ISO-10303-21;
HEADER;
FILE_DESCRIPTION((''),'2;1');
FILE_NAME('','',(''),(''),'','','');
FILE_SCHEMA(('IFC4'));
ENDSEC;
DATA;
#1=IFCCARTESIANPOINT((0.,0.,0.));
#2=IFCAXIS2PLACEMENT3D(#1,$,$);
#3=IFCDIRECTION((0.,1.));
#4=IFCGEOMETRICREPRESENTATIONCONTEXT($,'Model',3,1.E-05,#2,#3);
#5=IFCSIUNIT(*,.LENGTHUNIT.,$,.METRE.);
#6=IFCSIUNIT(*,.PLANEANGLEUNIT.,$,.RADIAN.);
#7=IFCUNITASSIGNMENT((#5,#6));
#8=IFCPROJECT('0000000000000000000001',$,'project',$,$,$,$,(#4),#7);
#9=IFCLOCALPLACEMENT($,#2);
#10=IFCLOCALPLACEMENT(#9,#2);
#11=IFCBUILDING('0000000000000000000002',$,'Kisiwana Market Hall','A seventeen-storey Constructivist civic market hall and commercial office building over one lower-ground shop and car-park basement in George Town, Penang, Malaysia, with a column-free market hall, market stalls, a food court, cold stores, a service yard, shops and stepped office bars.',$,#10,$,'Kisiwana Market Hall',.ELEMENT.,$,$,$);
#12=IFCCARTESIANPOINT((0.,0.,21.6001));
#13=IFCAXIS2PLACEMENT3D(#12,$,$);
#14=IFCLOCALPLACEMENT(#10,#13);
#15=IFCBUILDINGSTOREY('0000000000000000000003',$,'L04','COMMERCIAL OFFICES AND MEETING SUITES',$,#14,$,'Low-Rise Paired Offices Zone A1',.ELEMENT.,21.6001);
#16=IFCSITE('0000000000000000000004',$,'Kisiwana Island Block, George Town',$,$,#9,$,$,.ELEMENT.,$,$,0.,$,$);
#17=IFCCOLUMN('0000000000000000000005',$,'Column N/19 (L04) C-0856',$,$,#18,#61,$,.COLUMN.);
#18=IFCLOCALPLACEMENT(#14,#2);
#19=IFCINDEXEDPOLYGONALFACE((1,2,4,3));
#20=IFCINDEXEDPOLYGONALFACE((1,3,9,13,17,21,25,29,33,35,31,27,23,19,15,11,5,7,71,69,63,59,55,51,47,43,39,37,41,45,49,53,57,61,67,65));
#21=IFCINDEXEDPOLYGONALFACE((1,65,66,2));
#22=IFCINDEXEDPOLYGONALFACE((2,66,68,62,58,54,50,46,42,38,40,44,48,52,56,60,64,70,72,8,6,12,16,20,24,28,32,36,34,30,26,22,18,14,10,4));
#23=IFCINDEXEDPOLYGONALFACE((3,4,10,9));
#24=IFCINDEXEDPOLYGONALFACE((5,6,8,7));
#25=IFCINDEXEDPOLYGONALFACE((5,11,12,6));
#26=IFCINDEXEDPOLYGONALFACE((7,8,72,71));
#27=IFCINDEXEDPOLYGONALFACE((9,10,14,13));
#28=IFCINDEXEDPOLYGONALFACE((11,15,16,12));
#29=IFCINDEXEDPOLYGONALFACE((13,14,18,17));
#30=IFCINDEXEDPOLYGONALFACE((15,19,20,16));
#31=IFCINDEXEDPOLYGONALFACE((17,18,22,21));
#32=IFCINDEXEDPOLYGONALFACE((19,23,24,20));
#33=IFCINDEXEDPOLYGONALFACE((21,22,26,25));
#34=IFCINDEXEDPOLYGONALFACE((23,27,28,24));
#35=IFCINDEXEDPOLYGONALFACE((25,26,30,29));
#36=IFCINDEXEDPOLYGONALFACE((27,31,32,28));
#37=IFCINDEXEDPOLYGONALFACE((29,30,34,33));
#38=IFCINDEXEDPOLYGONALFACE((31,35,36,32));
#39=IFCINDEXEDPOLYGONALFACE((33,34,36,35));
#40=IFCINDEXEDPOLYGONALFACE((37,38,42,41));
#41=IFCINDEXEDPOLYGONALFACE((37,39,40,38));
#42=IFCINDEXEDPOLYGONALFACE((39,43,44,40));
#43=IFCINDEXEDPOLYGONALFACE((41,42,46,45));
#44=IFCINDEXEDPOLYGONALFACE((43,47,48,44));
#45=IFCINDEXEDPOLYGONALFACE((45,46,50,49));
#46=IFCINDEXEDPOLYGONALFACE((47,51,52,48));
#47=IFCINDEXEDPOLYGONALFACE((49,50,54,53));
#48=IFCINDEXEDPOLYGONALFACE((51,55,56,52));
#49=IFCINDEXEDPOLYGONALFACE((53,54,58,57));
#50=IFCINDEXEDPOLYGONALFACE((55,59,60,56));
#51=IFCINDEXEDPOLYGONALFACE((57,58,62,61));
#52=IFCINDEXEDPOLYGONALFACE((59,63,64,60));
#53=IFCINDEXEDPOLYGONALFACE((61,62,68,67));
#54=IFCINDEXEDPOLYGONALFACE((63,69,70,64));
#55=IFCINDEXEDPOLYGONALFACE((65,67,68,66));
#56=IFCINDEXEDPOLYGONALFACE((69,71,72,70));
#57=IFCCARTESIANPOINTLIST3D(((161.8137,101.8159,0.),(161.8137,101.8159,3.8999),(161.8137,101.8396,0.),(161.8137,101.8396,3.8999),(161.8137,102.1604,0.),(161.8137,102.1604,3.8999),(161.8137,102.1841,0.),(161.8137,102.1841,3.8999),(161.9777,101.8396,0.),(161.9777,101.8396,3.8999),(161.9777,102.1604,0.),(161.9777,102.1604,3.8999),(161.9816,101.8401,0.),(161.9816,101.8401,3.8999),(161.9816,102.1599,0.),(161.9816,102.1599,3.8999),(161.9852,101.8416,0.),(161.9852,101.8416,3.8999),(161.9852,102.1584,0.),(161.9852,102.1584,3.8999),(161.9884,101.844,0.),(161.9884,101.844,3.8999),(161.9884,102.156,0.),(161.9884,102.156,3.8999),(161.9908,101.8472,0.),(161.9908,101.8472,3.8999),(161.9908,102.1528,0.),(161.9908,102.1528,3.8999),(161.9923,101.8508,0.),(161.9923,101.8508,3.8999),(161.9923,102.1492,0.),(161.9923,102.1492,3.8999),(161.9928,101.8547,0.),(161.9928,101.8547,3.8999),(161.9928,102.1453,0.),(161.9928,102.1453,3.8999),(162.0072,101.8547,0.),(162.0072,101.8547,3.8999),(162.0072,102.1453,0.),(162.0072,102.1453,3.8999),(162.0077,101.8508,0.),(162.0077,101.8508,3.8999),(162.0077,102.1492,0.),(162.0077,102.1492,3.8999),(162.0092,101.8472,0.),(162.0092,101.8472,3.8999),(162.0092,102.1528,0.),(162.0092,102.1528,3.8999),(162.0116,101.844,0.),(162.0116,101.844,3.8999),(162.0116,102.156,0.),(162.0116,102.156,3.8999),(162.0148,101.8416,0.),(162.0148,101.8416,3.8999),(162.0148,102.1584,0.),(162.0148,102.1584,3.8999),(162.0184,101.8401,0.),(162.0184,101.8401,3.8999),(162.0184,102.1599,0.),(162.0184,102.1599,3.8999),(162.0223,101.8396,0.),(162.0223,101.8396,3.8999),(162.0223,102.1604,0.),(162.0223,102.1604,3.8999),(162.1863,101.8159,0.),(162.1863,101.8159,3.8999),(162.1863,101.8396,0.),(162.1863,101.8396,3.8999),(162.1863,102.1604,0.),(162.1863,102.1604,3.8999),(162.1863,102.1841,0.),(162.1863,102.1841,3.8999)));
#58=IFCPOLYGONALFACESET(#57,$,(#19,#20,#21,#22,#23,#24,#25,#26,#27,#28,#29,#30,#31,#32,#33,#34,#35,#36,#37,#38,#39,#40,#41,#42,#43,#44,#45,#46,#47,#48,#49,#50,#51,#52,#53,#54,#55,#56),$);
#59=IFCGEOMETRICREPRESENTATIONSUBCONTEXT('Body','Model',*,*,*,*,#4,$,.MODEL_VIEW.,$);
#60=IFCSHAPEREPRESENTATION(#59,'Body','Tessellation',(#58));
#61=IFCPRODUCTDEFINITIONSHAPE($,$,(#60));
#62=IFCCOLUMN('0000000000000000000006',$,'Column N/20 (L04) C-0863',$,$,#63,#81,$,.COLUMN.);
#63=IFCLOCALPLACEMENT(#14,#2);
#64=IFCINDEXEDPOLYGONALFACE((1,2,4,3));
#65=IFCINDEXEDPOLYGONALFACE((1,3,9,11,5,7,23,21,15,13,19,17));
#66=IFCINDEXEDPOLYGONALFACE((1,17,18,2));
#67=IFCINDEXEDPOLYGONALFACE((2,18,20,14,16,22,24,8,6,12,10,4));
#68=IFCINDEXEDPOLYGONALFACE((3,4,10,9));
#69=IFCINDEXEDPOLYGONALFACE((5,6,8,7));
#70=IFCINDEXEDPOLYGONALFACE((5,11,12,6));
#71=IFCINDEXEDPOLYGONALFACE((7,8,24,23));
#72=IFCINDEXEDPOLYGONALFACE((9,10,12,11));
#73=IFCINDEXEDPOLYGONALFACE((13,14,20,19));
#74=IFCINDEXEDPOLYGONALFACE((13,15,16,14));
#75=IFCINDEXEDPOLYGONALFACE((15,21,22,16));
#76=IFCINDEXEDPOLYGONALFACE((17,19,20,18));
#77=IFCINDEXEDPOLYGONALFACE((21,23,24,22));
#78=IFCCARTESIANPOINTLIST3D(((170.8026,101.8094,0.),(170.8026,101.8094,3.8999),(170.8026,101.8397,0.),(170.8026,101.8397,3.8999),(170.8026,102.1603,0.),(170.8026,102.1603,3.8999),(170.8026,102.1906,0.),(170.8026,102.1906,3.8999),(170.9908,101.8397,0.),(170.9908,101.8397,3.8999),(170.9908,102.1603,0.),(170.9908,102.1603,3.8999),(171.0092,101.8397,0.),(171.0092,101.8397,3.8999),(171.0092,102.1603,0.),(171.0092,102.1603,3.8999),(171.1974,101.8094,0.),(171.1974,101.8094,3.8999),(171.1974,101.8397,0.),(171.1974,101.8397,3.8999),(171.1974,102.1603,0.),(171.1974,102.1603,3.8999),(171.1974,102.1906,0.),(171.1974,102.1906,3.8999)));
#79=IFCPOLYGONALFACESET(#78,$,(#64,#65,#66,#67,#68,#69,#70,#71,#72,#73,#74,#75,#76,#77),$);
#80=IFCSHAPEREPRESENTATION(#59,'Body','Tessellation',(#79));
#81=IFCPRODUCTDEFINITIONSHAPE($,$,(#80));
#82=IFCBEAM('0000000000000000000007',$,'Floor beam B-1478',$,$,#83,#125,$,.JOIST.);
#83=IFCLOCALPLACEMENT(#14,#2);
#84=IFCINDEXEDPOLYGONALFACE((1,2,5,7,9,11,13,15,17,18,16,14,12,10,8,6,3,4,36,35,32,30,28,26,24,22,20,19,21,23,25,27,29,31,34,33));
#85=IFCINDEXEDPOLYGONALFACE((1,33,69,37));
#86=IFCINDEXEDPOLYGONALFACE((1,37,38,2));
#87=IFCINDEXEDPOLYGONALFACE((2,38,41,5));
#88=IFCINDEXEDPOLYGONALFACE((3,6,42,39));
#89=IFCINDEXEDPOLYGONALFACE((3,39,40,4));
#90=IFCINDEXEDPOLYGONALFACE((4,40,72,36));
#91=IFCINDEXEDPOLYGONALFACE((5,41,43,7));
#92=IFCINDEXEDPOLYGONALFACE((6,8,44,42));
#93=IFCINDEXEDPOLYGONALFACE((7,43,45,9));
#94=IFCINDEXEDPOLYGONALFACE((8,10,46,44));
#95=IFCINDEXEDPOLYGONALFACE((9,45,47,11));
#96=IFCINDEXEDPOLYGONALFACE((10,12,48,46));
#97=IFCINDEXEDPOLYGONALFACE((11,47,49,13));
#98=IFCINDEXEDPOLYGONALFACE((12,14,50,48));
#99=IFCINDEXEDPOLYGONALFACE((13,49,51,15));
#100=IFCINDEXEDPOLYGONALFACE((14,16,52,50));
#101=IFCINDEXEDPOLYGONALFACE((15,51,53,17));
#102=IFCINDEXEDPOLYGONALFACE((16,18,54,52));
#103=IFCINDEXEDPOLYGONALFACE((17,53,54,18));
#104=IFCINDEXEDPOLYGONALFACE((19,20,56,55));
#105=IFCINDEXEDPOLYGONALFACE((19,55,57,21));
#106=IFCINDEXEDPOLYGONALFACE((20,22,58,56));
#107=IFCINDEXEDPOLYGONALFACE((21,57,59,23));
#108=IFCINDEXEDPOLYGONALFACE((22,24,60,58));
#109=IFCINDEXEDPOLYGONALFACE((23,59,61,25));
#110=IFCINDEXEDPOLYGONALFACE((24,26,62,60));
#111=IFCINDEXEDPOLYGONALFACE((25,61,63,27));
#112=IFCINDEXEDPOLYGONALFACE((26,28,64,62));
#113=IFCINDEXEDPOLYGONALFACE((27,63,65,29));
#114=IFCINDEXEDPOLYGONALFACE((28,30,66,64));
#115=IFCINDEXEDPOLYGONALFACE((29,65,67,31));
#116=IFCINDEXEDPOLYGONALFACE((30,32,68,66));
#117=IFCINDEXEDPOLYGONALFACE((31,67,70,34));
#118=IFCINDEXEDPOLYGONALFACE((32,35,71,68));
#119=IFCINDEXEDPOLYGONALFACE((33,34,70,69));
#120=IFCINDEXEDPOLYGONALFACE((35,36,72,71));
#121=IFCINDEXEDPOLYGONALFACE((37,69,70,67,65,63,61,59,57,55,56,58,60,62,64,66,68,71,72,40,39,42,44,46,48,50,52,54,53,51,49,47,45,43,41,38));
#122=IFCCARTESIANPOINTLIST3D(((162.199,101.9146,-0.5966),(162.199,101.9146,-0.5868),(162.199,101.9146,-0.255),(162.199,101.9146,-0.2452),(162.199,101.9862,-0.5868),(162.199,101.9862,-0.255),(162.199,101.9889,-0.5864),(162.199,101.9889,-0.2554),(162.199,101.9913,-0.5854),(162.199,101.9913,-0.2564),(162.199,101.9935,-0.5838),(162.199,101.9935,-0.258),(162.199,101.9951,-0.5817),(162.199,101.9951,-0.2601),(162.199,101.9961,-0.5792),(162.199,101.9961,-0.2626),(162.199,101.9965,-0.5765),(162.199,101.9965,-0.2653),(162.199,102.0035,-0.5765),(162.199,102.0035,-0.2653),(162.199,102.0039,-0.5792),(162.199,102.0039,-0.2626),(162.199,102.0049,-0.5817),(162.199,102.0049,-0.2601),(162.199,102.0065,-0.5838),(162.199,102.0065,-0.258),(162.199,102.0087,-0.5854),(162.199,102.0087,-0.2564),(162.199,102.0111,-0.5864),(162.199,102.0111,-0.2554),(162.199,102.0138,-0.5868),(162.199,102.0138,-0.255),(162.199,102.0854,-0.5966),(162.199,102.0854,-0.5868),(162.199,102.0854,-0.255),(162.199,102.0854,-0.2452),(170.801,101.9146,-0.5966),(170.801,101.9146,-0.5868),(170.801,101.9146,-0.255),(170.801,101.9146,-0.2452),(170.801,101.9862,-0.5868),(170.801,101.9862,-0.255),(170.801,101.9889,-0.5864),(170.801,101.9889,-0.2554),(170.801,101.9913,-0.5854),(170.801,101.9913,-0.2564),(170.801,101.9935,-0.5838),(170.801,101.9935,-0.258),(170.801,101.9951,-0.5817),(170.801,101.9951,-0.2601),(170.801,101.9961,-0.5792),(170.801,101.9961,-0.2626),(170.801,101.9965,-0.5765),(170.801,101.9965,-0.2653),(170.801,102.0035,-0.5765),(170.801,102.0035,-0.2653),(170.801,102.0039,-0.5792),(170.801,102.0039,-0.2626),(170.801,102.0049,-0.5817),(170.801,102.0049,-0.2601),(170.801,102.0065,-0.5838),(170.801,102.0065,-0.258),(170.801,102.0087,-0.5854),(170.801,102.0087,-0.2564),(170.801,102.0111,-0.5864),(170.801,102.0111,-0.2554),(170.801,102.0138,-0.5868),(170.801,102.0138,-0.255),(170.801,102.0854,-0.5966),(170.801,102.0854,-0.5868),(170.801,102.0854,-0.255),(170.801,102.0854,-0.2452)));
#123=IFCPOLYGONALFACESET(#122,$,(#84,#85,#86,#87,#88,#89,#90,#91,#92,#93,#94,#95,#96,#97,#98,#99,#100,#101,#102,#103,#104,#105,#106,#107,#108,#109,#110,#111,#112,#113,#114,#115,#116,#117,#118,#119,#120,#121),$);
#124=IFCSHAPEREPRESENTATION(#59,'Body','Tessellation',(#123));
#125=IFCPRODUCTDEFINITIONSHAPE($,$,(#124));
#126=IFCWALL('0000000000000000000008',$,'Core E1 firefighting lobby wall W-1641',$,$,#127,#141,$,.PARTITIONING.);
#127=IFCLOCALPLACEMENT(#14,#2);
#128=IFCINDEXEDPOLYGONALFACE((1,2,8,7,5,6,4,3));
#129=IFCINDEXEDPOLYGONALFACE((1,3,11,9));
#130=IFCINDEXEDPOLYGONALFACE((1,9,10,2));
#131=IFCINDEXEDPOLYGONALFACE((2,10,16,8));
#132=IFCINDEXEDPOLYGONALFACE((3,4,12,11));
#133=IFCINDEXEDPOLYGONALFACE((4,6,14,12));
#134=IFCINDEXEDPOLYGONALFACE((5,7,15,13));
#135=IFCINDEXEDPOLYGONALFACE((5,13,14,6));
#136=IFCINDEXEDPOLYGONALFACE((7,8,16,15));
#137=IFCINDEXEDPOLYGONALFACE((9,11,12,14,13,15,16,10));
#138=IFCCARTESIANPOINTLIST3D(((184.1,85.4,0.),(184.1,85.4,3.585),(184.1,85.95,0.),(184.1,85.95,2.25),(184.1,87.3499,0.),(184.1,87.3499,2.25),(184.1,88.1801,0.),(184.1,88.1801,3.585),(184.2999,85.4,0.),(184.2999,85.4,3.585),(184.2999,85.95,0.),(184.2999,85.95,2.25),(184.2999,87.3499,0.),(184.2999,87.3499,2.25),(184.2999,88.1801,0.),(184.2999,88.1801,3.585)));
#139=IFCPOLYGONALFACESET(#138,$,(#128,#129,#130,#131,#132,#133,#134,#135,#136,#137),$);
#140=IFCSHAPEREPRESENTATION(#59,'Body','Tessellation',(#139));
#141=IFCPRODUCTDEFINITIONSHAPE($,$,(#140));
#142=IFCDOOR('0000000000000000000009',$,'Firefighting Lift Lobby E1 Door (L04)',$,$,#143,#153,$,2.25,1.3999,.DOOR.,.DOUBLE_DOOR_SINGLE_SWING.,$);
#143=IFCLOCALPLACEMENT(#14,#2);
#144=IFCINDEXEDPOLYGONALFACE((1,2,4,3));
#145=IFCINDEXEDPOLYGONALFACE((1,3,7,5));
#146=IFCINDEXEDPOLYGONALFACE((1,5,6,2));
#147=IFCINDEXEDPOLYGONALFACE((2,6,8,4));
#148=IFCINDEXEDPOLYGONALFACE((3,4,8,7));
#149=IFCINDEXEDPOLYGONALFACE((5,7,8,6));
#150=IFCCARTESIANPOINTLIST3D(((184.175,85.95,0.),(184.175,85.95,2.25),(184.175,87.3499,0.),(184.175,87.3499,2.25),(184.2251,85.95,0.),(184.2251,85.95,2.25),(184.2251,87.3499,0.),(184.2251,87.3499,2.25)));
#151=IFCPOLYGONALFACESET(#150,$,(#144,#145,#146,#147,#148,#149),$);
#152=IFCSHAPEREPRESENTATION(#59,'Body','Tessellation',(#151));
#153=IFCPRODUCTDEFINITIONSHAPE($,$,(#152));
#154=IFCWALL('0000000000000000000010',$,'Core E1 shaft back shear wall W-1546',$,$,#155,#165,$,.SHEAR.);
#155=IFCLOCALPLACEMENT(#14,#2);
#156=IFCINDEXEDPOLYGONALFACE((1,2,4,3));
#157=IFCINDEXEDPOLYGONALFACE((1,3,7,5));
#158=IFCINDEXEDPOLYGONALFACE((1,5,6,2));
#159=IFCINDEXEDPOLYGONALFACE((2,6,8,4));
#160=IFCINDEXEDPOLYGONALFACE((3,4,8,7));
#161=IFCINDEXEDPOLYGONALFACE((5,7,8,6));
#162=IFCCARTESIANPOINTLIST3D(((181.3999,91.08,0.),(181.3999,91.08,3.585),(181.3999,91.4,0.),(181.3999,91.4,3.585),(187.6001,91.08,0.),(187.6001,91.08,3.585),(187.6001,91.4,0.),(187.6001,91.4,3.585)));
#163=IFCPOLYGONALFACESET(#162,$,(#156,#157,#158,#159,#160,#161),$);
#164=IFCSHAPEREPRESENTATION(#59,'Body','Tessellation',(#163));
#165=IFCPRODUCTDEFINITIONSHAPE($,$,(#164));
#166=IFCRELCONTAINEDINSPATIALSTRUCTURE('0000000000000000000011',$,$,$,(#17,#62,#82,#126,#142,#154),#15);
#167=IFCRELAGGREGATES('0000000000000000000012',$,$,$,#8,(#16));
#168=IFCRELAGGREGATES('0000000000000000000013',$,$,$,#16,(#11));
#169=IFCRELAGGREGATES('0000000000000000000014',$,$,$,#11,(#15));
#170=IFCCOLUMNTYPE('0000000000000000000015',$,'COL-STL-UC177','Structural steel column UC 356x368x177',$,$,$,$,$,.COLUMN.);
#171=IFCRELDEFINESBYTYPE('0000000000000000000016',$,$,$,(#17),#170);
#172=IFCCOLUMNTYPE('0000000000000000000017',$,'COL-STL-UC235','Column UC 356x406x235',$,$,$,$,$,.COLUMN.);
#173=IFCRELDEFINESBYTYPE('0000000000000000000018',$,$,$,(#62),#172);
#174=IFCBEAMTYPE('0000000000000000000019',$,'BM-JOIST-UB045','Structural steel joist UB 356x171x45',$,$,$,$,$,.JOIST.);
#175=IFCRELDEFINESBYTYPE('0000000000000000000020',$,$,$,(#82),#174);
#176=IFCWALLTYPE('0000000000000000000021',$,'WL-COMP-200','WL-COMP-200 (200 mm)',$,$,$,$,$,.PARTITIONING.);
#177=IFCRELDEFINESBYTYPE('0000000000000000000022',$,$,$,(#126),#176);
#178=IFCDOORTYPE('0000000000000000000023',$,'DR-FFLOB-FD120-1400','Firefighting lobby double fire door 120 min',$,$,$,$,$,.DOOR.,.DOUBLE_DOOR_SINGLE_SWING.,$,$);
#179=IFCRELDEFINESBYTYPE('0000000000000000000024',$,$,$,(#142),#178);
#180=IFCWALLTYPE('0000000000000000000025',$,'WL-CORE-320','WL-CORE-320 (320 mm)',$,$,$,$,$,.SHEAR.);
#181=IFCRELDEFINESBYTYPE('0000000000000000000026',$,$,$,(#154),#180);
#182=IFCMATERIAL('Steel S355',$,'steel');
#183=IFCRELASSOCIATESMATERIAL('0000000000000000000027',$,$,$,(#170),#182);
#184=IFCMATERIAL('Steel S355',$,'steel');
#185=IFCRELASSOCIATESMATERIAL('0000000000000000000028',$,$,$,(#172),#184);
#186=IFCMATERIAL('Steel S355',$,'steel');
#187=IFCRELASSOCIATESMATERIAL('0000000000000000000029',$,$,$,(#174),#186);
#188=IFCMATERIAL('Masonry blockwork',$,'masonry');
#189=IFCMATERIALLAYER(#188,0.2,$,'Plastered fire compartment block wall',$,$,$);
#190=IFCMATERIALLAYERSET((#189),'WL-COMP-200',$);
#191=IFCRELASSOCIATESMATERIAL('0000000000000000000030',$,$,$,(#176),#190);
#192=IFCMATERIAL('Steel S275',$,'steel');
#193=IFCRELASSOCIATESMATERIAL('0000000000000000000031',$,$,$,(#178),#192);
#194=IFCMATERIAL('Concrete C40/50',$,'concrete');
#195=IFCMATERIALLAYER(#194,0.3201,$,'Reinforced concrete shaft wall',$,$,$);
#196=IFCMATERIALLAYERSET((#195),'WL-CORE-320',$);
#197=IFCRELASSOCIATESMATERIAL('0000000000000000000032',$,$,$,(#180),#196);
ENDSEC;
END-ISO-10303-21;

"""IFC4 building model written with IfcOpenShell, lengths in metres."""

from ifc_helpers import new_model, si_unit, direction, frame, frame_2d, origin, origin_2d, place, context, subcontext, project, spatial, rectangle, i_section, extrude, material, layer, layer_set, material_profile, profile_set, type_object, element, fill, save


model = new_model("IFC4")

# Units and contexts
model_context = context("Model", 3, precision=1e-05, world=origin(), true_north=direction((0.0, 1.0)))
body_context = subcontext(model_context, "Body", "Model", "MODEL_VIEW")
ifc_project = project(units=[si_unit("LENGTHUNIT", "METRE"), si_unit("PLANEANGLEUNIT", "RADIAN")], contexts=[model_context])

# Site, building, storey
site_placement = place(None, origin())
site = spatial("IfcSite", under=ifc_project, at=site_placement, Name="Kisiwana Island Block, George Town", CompositionType="ELEMENT", RefElevation=0.0)
building_placement = place(site_placement, origin())
building = spatial("IfcBuilding", under=site, at=building_placement, Name="Kisiwana Market Hall", Description="A seventeen-storey Constructivist civic market hall and commercial office building over one lower-ground shop and car-park basement in George Town, Penang, Malaysia, with a column-free market hall, market stalls, a food court, cold stores, a service yard, shops and stepped office bars.", LongName="Kisiwana Market Hall", CompositionType="ELEMENT")
storey_placement = place(building_placement, frame((0.0, 0.0, 21.6001)))
storey = spatial("IfcBuildingStorey", under=building, at=storey_placement, Name="L04", Description="COMMERCIAL OFFICES AND MEETING SUITES", LongName="Low-Rise Paired Offices Zone A1", CompositionType="ELEMENT", Elevation=21.6001)

# Columns
ifc_material_1 = material(Name="Steel S355", Category="steel")
ifc_material_profile_1 = material_profile(ifc_material_1, i_section(OverallWidth=0.3726, OverallDepth=0.3682, WebThickness=0.0144, FlangeThickness=0.0237, FilletRadius=0.0151, at=origin_2d()), Name="UC 356x368x177")
ifc_profile_set_1 = profile_set([ifc_material_profile_1], Name="Steel S355")
column_type_1 = type_object("IfcColumnType", Name="COL-STL-UC177", Description="Structural steel column UC 356x368x177", PredefinedType="COLUMN", material=ifc_profile_set_1)
column_1_placement = place(storey_placement, frame((162.0, 102.0, 0.0), z_axis=(0.0, 0.0, 1.0), x_axis=(1.0, 0.0, 0.0)))
element("IfcColumn", 1, at=column_1_placement, inside=storey, type_object=column_type_1, Name="Column N/19 (L04) C-0856", PredefinedType="COLUMN", context=body_context, shape_type="SweptSolid", body=[
    extrude(i_section(OverallWidth=0.3726, OverallDepth=0.3682, WebThickness=0.0144, FlangeThickness=0.0237, FilletRadius=0.0151, at=origin_2d()), origin(), (0.0, 0.0, 1.0), 3.8999),
])
ifc_material_2 = material(Name="Steel S355", Category="steel")
ifc_material_profile_2 = material_profile(ifc_material_2, i_section(OverallWidth=0.3948, OverallDepth=0.3811, WebThickness=0.0183, FlangeThickness=0.0303, at=origin_2d()), Name="UC 356x406x235")
ifc_profile_set_2 = profile_set([ifc_material_profile_2], Name="Steel S355")
column_type_2 = type_object("IfcColumnType", Name="COL-STL-UC235", Description="Column UC 356x406x235", PredefinedType="COLUMN", material=ifc_profile_set_2)
column_2_placement = place(storey_placement, frame((171.0, 102.0, 0.0), z_axis=(0.0, 0.0, 1.0), x_axis=(1.0, 0.0, 0.0)))
element("IfcColumn", 2, at=column_2_placement, inside=storey, type_object=column_type_2, Name="Column N/20 (L04) C-0863", PredefinedType="COLUMN", context=body_context, shape_type="SweptSolid", body=[
    extrude(i_section(OverallWidth=0.3948, OverallDepth=0.3811, WebThickness=0.0183, FlangeThickness=0.0303, at=origin_2d()), origin(), (0.0, 0.0, 1.0), 3.8999),
])

# Beam
ifc_material_3 = material(Name="Steel S355", Category="steel")
ifc_material_profile_3 = material_profile(ifc_material_3, i_section(OverallWidth=0.1709, OverallDepth=0.3513, WebThickness=0.0071, FlangeThickness=0.0098, FilletRadius=0.0103, at=origin_2d()), Name="UB 356x171x45")
ifc_profile_set_3 = profile_set([ifc_material_profile_3], Name="Steel S355")
beam_type = type_object("IfcBeamType", Name="BM-JOIST-UB045", Description="Structural steel joist UB 356x171x45", PredefinedType="JOIST", material=ifc_profile_set_3)
beam_placement = place(storey_placement, frame((162.199, 102.0, -0.4209), z_axis=(1.0, 0.0, 0.0), x_axis=(0.0, 1.0, 0.0)))
element("IfcBeam", 3, at=beam_placement, inside=storey, type_object=beam_type, Name="Floor beam B-1478", PredefinedType="JOIST", context=body_context, shape_type="SweptSolid", body=[
    extrude(i_section(OverallWidth=0.1709, OverallDepth=0.3513, WebThickness=0.0071, FlangeThickness=0.0098, FilletRadius=0.0103, at=origin_2d()), origin(), (0.0, 0.0, 1.0), 8.6021),
])

# Wall, opening, door
ifc_material_4 = material(Name="Masonry blockwork", Category="masonry")
ifc_layer_1 = layer(ifc_material_4, 0.2, Name="Plastered fire compartment block wall")
ifc_layer_set_1 = layer_set([ifc_layer_1], Name="WL-COMP-200")
wall_type_1 = type_object("IfcWallType", Name="WL-COMP-200", Description="WL-COMP-200 (200 mm)", PredefinedType="PARTITIONING", material=ifc_layer_set_1)
wall_1_placement = place(storey_placement, frame((184.2, 85.3999, 0.0), z_axis=(0.0, 0.0, 1.0), x_axis=(0.0, 1.0, 0.0)))
wall_1 = element("IfcWall", 4, at=wall_1_placement, inside=storey, type_object=wall_type_1, Name="Core E1 firefighting lobby wall W-1641", PredefinedType="PARTITIONING", context=body_context, shape_type="SweptSolid", body=[
    extrude(rectangle(XDim=2.78, YDim=0.2, at=frame_2d((1.3901, 0.0))), origin(), (0.0, 0.0, 1.0), 3.585),
])
opening_1_placement = place(wall_1_placement, frame((0.55, 0.0, 0.0)))
opening_1 = element("IfcOpeningElement", 5, at=opening_1_placement, cuts=wall_1, PredefinedType="OPENING", context=body_context, shape_type="SweptSolid", body=[
    extrude(rectangle(XDim=1.3999, YDim=2.25, at=frame_2d((0.7, 1.125))), frame((0.0, 0.1118, 0.0), z_axis=(0.0, -1.0, 0.0), x_axis=(1.0, 0.0, 0.0)), (0.0, 0.0, 1.0), 0.2239),
])
ifc_material_5 = material(Name="Steel S275", Category="steel")
door_type_1 = type_object("IfcDoorType", Name="DR-FFLOB-FD120-1400", Description="Firefighting lobby double fire door 120 min", OperationType="DOUBLE_DOOR_SINGLE_SWING", PredefinedType="DOOR", material=ifc_material_5)
door_1_placement = place(opening_1_placement, origin())
door_1 = element("IfcDoor", 6, at=door_1_placement, inside=storey, type_object=door_type_1, Name="Firefighting Lift Lobby E1 Door (L04)", OperationType="DOUBLE_DOOR_SINGLE_SWING", OverallHeight=2.25, OverallWidth=1.3999, PredefinedType="DOOR", context=body_context, shape_type="SweptSolid", body=[
    extrude(rectangle(XDim=1.3999, YDim=2.25, at=frame_2d((0.7, 1.125))), frame((0.0, 0.0249, 0.0), z_axis=(0.0, -1.0, 0.0), x_axis=(1.0, 0.0, 0.0)), (0.0, 0.0, 1.0), 0.05),
])
fill(opening_1, door_1)

# Wall
ifc_material_6 = material(Name="Concrete C40/50", Category="concrete")
ifc_layer_2 = layer(ifc_material_6, 0.3201, Name="Reinforced concrete shaft wall")
ifc_layer_set_2 = layer_set([ifc_layer_2], Name="WL-CORE-320")
wall_type_2 = type_object("IfcWallType", Name="WL-CORE-320", Description="WL-CORE-320 (320 mm)", PredefinedType="SHEAR", material=ifc_layer_set_2)
wall_2_placement = place(storey_placement, frame((181.3999, 91.24, 0.0), z_axis=(0.0, 0.0, 1.0), x_axis=(1.0, 0.0, 0.0)))
element("IfcWall", 7, at=wall_2_placement, inside=storey, type_object=wall_type_2, Name="Core E1 shaft back shear wall W-1546", PredefinedType="SHEAR", context=body_context, shape_type="SweptSolid", body=[
    extrude(rectangle(XDim=6.2002, YDim=0.3201, at=frame_2d((3.1001, 0.0))), origin(), (0.0, 0.0, 1.0), 3.585),
])

save(model, "model.ifc")
